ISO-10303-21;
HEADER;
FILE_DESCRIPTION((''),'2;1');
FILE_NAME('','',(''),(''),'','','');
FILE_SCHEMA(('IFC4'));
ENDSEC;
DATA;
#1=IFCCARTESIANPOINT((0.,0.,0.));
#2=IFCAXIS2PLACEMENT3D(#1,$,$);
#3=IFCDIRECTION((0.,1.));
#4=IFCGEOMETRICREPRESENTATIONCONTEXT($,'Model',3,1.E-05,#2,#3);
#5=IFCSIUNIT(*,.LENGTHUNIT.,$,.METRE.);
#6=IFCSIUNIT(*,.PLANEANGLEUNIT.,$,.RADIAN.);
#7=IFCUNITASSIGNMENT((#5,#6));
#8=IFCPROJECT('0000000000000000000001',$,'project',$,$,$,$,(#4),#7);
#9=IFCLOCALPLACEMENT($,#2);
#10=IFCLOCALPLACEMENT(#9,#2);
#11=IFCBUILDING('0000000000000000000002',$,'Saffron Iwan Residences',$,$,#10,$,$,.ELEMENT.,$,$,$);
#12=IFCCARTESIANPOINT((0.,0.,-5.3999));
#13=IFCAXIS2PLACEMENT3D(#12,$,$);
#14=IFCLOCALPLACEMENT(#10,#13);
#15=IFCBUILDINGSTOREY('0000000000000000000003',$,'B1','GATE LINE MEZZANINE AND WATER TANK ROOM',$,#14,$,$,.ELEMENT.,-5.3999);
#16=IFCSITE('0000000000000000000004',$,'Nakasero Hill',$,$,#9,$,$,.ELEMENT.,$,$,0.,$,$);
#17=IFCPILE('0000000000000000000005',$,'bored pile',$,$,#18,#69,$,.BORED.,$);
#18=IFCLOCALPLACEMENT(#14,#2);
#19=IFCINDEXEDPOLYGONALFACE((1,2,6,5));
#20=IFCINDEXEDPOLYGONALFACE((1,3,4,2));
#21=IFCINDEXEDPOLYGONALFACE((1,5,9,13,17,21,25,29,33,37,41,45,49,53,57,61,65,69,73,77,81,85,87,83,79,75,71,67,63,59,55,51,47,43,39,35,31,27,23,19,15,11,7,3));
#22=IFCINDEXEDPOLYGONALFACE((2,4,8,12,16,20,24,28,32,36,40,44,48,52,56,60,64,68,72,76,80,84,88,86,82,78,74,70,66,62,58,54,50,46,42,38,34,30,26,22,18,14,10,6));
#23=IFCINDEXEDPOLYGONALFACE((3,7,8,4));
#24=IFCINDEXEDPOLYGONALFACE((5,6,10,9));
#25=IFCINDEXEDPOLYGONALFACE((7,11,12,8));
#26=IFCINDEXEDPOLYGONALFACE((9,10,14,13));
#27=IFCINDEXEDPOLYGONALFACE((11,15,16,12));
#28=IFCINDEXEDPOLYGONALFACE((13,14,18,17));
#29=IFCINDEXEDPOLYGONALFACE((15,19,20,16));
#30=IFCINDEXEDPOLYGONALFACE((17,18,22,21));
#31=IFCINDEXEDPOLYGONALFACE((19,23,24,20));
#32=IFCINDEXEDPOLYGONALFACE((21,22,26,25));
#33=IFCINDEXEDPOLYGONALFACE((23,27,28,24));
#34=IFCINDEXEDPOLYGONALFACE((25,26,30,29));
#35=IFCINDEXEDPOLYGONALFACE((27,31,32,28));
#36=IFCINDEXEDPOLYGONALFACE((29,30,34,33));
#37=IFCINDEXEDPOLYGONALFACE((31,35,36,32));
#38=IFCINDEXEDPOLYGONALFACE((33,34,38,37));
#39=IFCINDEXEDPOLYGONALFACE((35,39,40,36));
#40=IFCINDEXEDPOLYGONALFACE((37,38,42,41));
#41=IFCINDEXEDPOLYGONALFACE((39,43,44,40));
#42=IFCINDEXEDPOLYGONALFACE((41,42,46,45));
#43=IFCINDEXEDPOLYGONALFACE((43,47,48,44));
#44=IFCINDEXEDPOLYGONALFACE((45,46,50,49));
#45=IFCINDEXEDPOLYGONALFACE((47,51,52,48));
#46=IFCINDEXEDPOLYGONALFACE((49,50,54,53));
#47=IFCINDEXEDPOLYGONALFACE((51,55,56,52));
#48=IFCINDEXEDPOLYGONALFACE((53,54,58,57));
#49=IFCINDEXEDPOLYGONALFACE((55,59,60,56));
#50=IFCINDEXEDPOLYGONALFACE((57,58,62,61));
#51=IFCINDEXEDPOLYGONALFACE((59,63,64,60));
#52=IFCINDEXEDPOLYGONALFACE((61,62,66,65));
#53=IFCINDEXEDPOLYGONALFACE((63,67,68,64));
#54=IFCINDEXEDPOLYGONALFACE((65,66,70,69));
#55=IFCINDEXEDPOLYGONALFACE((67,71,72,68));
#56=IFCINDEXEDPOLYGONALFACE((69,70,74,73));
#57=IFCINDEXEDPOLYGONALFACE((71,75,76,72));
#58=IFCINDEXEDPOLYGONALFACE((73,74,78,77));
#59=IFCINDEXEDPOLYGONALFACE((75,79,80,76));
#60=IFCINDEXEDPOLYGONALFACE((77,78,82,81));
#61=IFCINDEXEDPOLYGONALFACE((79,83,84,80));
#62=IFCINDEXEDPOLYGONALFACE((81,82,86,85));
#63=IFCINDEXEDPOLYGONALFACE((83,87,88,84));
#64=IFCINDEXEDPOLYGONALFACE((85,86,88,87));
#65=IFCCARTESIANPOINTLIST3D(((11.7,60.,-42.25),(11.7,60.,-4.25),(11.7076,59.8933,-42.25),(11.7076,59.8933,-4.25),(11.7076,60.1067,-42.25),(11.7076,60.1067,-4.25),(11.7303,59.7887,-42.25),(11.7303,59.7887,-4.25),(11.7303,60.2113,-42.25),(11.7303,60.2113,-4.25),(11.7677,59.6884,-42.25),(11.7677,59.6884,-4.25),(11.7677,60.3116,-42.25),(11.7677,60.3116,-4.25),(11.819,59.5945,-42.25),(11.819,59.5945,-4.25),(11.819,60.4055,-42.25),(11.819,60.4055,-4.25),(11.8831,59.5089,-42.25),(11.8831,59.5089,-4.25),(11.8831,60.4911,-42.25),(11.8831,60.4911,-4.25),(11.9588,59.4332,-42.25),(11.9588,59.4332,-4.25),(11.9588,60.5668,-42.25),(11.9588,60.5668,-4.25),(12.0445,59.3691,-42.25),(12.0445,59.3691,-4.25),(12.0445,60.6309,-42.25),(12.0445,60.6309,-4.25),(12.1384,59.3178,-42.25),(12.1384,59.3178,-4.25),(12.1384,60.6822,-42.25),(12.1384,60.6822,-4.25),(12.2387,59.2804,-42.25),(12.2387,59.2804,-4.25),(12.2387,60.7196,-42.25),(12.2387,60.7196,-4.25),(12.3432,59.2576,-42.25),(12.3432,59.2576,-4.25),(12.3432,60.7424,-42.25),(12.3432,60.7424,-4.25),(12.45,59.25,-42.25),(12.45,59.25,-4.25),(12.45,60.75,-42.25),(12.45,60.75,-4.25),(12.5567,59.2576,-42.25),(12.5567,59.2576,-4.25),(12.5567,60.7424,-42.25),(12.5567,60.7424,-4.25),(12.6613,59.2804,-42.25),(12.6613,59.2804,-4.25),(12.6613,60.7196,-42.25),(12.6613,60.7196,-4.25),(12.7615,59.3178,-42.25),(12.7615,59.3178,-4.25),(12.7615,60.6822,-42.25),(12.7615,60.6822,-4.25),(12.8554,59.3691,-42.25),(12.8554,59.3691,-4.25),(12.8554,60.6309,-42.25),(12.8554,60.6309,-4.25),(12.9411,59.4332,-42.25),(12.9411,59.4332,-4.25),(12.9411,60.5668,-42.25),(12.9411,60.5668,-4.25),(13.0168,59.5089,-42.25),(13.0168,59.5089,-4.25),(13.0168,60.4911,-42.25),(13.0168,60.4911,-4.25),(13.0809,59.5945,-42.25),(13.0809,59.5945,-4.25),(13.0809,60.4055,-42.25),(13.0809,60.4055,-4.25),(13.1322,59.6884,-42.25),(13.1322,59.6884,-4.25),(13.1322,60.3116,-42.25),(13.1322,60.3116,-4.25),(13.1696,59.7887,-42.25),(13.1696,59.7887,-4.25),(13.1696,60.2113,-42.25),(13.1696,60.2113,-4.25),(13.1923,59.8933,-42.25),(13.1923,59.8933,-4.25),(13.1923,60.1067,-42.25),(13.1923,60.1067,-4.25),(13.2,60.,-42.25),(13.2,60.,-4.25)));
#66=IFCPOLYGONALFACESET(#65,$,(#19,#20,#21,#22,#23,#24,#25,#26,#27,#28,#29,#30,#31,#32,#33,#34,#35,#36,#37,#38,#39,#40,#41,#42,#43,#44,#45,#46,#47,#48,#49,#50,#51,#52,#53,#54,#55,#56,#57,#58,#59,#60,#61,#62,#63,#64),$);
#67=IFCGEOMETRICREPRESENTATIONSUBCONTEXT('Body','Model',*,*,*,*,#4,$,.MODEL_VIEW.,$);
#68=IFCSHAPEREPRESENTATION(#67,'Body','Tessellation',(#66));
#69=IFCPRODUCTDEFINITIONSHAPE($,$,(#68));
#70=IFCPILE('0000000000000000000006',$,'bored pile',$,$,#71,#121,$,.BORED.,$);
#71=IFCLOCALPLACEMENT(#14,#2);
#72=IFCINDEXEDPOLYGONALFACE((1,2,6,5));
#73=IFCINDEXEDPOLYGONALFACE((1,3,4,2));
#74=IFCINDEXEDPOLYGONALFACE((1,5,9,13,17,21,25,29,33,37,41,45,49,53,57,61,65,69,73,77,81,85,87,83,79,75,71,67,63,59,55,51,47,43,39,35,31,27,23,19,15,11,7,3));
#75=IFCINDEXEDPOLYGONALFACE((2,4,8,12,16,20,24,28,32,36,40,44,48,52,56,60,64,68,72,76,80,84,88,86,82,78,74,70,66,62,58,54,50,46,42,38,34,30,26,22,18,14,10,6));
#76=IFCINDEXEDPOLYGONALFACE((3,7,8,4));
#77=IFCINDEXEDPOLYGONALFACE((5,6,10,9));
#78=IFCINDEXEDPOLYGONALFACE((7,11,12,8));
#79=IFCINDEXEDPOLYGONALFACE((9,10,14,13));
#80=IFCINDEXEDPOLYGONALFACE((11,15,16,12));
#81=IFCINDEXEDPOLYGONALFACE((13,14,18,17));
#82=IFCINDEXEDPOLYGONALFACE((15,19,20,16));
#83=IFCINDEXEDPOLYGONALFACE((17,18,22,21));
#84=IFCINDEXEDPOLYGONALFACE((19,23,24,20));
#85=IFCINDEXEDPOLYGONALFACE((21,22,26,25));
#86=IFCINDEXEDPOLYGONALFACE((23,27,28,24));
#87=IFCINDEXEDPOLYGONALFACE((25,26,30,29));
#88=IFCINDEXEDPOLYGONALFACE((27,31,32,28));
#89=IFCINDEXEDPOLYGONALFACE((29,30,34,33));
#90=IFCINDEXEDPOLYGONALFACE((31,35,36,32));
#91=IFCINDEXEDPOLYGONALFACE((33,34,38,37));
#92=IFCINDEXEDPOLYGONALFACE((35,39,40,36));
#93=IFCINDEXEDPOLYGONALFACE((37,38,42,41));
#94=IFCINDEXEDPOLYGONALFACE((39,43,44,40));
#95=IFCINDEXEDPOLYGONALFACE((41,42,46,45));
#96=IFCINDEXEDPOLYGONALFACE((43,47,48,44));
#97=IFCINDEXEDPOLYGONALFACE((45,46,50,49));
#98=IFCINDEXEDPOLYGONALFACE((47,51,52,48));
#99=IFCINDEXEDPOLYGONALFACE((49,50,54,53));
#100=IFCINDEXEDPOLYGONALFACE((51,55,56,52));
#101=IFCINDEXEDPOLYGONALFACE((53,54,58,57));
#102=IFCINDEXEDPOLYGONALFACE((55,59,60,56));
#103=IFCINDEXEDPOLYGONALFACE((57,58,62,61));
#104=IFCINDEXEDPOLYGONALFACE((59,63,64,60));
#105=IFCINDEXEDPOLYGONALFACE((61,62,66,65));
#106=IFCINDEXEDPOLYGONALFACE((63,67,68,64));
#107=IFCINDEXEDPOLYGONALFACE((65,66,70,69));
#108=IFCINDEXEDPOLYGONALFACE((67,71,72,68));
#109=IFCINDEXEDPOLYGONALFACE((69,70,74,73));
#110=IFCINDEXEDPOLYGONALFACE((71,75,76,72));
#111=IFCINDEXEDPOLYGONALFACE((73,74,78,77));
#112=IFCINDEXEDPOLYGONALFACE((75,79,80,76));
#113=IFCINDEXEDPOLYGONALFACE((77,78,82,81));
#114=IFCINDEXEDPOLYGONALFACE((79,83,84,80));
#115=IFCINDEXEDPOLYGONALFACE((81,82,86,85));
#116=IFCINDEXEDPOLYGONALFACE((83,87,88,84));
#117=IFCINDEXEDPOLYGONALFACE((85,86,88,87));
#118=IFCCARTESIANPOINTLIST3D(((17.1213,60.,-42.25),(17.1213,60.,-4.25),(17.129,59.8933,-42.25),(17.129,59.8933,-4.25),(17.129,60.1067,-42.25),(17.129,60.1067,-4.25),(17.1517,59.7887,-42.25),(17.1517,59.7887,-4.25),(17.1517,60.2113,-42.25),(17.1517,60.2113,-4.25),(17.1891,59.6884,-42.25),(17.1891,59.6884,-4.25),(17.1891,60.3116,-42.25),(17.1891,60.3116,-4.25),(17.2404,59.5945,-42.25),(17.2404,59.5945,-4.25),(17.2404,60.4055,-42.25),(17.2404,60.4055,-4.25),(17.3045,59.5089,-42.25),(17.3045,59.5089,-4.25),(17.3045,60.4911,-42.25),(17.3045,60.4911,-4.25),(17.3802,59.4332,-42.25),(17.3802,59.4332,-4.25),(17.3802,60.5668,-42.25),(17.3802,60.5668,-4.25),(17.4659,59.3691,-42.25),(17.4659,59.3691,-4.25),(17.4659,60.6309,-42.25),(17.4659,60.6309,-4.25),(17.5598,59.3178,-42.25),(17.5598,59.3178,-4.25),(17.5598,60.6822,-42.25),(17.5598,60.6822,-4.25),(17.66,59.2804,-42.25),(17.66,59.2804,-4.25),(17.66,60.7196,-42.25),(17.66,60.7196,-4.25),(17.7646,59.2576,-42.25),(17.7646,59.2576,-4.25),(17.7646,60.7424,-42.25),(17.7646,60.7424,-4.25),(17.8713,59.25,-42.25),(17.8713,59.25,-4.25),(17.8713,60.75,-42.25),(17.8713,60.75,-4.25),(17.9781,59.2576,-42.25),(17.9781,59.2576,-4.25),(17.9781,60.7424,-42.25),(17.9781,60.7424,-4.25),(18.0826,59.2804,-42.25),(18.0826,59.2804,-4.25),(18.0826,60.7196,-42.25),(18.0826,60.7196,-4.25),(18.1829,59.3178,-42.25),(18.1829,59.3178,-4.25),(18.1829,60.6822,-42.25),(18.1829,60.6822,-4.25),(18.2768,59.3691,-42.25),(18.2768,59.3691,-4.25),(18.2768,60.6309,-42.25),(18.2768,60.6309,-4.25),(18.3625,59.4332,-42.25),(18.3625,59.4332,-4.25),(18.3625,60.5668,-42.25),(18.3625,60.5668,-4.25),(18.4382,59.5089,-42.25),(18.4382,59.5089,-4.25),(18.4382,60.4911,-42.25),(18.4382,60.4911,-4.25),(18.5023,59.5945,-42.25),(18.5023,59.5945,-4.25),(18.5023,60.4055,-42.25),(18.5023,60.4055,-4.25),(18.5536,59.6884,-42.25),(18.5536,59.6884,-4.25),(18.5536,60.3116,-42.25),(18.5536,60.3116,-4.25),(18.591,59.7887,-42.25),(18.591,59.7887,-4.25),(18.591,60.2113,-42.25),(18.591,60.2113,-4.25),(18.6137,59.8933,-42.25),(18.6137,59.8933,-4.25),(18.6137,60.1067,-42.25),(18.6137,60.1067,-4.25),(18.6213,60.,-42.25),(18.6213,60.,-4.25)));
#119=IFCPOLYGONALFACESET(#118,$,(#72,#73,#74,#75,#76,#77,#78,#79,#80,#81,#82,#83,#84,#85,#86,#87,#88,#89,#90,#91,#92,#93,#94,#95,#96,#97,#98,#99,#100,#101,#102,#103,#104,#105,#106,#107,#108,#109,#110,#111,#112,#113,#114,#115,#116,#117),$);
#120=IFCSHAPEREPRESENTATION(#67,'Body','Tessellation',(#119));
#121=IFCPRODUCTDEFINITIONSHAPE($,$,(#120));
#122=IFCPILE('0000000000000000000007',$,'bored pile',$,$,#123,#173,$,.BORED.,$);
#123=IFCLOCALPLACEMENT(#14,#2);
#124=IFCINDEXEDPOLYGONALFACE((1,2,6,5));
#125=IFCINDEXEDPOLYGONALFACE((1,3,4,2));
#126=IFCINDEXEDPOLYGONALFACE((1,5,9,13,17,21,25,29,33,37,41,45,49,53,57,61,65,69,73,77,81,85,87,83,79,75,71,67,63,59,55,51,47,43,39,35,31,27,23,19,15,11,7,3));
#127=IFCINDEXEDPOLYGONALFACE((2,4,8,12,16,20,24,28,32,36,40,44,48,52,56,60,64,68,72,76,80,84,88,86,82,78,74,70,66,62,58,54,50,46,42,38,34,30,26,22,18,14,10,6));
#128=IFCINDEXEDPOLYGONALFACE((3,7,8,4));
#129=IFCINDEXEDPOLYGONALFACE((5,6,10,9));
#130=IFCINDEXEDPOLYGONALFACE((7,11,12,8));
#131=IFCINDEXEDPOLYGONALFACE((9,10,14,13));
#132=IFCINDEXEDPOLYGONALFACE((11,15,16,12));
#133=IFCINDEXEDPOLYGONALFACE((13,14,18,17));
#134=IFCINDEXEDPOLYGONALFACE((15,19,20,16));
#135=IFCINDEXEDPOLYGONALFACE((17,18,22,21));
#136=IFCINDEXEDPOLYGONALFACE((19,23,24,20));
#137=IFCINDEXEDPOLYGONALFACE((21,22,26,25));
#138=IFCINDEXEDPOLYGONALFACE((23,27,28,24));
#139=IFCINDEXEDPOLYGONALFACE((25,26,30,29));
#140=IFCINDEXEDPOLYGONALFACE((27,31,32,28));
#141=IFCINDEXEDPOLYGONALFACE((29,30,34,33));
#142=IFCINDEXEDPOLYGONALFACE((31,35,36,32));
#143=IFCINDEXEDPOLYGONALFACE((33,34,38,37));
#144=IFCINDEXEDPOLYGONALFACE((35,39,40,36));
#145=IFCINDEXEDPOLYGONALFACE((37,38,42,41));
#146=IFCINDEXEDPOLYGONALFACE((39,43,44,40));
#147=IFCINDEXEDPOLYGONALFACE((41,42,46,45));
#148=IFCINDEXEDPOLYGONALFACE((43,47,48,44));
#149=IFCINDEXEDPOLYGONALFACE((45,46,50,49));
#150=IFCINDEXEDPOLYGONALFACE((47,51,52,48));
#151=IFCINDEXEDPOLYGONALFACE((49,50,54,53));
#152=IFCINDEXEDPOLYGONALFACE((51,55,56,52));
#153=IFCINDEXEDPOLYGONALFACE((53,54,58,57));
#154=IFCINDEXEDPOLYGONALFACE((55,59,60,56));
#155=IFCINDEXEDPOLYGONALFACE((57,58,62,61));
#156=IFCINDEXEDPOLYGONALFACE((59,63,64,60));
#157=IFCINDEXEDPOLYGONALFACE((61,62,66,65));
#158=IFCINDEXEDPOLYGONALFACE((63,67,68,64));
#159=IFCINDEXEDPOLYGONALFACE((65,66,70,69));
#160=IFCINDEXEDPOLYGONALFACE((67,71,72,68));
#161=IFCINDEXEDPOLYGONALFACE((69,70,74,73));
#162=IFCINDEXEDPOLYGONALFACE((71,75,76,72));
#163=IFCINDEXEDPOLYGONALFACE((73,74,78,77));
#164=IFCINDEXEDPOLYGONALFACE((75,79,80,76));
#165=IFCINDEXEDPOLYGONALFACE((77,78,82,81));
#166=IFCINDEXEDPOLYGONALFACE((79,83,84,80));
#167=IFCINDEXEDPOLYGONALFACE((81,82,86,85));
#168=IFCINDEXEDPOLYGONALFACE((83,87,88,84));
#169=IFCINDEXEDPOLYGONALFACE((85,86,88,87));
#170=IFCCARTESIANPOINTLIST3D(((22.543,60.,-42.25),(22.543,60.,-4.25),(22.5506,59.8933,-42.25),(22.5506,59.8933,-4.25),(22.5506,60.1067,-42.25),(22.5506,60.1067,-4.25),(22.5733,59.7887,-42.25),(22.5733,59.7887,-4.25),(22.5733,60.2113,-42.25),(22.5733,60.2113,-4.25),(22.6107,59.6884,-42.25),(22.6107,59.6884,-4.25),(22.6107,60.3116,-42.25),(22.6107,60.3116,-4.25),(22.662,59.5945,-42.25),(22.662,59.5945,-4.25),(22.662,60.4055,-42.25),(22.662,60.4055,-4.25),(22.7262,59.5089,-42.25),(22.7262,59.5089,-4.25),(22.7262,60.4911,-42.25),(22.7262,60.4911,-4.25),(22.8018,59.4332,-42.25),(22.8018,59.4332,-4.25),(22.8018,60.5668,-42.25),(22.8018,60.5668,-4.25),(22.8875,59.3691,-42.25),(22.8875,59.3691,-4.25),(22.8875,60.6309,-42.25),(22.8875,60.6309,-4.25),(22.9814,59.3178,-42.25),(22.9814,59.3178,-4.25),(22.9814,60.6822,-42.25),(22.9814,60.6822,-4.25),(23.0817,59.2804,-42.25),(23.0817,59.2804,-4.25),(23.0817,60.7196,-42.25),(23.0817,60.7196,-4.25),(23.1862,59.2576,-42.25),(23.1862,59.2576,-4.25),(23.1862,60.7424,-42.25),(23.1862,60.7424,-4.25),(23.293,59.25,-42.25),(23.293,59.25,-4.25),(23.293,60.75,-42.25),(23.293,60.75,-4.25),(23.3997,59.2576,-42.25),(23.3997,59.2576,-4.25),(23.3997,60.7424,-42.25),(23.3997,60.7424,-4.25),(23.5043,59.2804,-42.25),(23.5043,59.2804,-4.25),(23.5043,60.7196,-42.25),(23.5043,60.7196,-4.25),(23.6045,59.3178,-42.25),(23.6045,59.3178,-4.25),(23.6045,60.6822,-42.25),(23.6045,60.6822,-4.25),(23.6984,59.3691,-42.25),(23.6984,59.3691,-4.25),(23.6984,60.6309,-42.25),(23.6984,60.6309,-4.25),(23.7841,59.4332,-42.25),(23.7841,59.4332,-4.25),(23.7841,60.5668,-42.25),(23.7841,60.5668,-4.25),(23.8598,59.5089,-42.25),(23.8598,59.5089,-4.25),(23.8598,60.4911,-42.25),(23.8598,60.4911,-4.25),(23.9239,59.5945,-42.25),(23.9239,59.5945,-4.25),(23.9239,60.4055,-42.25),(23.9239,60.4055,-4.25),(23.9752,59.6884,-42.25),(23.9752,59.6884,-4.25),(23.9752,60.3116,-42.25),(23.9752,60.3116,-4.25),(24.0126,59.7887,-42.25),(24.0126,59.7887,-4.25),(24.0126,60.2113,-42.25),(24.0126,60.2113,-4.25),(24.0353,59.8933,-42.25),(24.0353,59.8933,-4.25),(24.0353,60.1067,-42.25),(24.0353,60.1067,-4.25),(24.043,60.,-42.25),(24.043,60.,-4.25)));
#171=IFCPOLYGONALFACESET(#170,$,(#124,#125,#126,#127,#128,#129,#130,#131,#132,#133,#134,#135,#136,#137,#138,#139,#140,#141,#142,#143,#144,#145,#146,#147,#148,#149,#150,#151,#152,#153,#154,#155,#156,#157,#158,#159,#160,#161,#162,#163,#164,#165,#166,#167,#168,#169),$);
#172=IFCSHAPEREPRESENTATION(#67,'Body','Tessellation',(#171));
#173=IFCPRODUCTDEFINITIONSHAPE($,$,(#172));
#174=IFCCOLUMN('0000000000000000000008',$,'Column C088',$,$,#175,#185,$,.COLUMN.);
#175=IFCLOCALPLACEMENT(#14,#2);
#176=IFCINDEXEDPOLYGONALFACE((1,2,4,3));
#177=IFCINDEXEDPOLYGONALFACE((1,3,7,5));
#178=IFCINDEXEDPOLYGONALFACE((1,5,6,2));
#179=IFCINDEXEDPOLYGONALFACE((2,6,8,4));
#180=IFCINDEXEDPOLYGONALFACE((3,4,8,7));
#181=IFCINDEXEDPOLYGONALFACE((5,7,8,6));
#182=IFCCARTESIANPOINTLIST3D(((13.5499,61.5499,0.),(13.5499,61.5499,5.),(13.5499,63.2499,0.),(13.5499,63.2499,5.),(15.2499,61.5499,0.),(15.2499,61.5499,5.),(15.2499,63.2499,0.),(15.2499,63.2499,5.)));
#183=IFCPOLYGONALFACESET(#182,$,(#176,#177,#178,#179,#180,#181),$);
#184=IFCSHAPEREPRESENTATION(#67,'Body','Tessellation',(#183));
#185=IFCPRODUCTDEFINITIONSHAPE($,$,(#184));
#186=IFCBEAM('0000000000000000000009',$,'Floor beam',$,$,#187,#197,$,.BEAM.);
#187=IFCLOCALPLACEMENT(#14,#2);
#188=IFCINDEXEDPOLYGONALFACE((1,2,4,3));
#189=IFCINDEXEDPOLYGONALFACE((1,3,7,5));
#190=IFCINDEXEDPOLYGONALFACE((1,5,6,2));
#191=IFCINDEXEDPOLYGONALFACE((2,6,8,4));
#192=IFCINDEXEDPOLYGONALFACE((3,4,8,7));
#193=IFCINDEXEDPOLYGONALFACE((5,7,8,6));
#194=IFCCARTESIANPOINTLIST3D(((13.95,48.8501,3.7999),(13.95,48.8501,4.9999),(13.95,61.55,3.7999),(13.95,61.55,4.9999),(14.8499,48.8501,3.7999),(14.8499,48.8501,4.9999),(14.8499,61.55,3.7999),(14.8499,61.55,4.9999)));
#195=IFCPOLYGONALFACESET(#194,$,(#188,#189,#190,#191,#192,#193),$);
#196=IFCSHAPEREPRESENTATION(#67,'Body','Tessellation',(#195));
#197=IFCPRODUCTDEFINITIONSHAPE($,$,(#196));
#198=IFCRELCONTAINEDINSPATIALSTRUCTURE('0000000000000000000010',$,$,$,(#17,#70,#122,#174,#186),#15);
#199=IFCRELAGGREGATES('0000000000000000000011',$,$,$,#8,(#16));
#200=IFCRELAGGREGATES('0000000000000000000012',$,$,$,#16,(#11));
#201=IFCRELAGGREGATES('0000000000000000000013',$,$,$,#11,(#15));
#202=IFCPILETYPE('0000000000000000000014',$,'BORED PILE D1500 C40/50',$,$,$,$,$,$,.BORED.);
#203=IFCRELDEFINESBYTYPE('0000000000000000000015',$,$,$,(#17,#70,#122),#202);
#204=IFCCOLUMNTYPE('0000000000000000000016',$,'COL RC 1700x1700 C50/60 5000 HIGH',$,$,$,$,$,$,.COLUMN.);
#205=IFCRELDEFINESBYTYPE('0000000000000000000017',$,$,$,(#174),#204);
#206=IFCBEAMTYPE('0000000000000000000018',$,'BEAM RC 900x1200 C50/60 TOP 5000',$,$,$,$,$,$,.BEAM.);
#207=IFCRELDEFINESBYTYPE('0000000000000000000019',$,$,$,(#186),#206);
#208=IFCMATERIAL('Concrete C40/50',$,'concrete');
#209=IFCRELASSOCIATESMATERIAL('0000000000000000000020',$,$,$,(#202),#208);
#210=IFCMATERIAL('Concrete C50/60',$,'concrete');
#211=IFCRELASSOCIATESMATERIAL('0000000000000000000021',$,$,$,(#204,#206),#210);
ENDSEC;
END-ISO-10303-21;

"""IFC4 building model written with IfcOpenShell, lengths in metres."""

from ifc_helpers import new_model, si_unit, direction, frame, origin, origin_2d, place, context, subcontext, project, spatial, rectangle, circle, extrude, source, transform, mapped, material, material_profile, profile_set, type_object, element, save


model = new_model("IFC4")

# Units and contexts
model_context = context("Model", 3, precision=1e-05, world=origin(), true_north=direction((0.0, 1.0)))
body_context = subcontext(model_context, "Body", "Model", "MODEL_VIEW")
ifc_project = project(units=[si_unit("LENGTHUNIT", "METRE"), si_unit("PLANEANGLEUNIT", "RADIAN")], contexts=[model_context])

# Site, building, storey
site_placement = place(None, origin())
site = spatial("IfcSite", under=ifc_project, at=site_placement, Name="Nakasero Hill", CompositionType="ELEMENT", RefElevation=0.0)
building_placement = place(site_placement, origin())
building = spatial("IfcBuilding", under=site, at=building_placement, Name="Saffron Iwan Residences", CompositionType="ELEMENT")
storey_placement = place(building_placement, frame((0.0, 0.0, -5.3999)))
storey = spatial("IfcBuildingStorey", under=building, at=storey_placement, Name="B1", Description="GATE LINE MEZZANINE AND WATER TANK ROOM", CompositionType="ELEMENT", Elevation=-5.3999)

# Piles
ifc_material_1 = material(Name="Concrete C40/50", Category="concrete")
ifc_material_profile_1 = material_profile(ifc_material_1, circle(Radius=0.75, at=origin_2d()), Name="RC D1500")
ifc_profile_set_1 = profile_set([ifc_material_profile_1], Name="Concrete C40/50")
pile_type = type_object("IfcPileType", Name="BORED PILE D1500 C40/50", PredefinedType="BORED", material=ifc_profile_set_1)
for number, where, z_axis, x_axis, name in (
    (1, (12.45, 60.0, -4.25), (0.0, 0.0, -1.0), (1.0, 0.0, 0.0), "bored pile"),
    (2, (17.8713, 60.0, -4.25), (0.0, 0.0, -1.0), (1.0, 0.0, 0.0), "bored pile"),
    (3, (23.293, 60.0, -4.25), (0.0, 0.0, -1.0), (1.0, 0.0, 0.0), "bored pile"),
):
    element("IfcPile", number, at=place(storey_placement, frame(where, z_axis=z_axis, x_axis=x_axis)), inside=storey, type_object=pile_type, Name=name, PredefinedType="BORED", context=body_context, shape_type="SweptSolid", body=[
        extrude(circle(Radius=0.75, at=origin_2d()), origin(), (0.0, 0.0, 1.0), 38.0),
    ])

# Column
ifc_material_2 = material(Name="Concrete C50/60", Category="concrete")
ifc_material_profile_2 = material_profile(ifc_material_2, rectangle(XDim=1.7, YDim=1.7, at=origin_2d()), Name="RC 1700x1700")
ifc_profile_set_2 = profile_set([ifc_material_profile_2], Name="Concrete C50/60")
column_type = type_object("IfcColumnType", Name="COL RC 1700x1700 C50/60 5000 HIGH", PredefinedType="COLUMN", material=ifc_profile_set_2)
shared_shape_1 = source(origin(), body_context, "Body", "SweptSolid", [
    extrude(rectangle(XDim=1.7, YDim=1.7, at=origin_2d()), origin(), (0.0, 0.0, 1.0), 5.0),
])
column_placement = place(storey_placement, frame((14.3999, 62.3999, 0.0), z_axis=(0.0, 0.0, 1.0), x_axis=(1.0, 0.0, 0.0)))
element("IfcColumn", 4, at=column_placement, inside=storey, type_object=column_type, Name="Column C088", PredefinedType="COLUMN", context=body_context, shape_type="MappedRepresentation", body=[
    mapped(shared_shape_1, transform((0.0, 0.0, 0.0))),
])

# Beam
ifc_material_profile_3 = material_profile(ifc_material_2, rectangle(XDim=0.8999, YDim=1.2, at=origin_2d()), Name="RC 900x1200")
ifc_profile_set_3 = profile_set([ifc_material_profile_3], Name="Concrete C50/60")
beam_type = type_object("IfcBeamType", Name="BEAM RC 900x1200 C50/60 TOP 5000", PredefinedType="BEAM", material=ifc_profile_set_3)
shared_shape_2 = source(origin(), body_context, "Body", "SweptSolid", [
    extrude(rectangle(XDim=0.8999, YDim=1.2, at=origin_2d()), origin(), (0.0, 0.0, 1.0), 12.7),
])
for number, where, z_axis, x_axis, name in (
    (5, (14.3999, 48.8501, 4.3999), (0.0, 1.0, 0.0), (-1.0, 0.0, 0.0), "Floor beam"),
):
    element("IfcBeam", number, at=place(storey_placement, frame(where, z_axis=z_axis, x_axis=x_axis)), inside=storey, type_object=beam_type, Name=name, PredefinedType="BEAM", context=body_context, shape_type="MappedRepresentation", body=[
        mapped(shared_shape_2, transform((0.0, 0.0, 0.0))),
    ])

save(model, "model.ifc")
